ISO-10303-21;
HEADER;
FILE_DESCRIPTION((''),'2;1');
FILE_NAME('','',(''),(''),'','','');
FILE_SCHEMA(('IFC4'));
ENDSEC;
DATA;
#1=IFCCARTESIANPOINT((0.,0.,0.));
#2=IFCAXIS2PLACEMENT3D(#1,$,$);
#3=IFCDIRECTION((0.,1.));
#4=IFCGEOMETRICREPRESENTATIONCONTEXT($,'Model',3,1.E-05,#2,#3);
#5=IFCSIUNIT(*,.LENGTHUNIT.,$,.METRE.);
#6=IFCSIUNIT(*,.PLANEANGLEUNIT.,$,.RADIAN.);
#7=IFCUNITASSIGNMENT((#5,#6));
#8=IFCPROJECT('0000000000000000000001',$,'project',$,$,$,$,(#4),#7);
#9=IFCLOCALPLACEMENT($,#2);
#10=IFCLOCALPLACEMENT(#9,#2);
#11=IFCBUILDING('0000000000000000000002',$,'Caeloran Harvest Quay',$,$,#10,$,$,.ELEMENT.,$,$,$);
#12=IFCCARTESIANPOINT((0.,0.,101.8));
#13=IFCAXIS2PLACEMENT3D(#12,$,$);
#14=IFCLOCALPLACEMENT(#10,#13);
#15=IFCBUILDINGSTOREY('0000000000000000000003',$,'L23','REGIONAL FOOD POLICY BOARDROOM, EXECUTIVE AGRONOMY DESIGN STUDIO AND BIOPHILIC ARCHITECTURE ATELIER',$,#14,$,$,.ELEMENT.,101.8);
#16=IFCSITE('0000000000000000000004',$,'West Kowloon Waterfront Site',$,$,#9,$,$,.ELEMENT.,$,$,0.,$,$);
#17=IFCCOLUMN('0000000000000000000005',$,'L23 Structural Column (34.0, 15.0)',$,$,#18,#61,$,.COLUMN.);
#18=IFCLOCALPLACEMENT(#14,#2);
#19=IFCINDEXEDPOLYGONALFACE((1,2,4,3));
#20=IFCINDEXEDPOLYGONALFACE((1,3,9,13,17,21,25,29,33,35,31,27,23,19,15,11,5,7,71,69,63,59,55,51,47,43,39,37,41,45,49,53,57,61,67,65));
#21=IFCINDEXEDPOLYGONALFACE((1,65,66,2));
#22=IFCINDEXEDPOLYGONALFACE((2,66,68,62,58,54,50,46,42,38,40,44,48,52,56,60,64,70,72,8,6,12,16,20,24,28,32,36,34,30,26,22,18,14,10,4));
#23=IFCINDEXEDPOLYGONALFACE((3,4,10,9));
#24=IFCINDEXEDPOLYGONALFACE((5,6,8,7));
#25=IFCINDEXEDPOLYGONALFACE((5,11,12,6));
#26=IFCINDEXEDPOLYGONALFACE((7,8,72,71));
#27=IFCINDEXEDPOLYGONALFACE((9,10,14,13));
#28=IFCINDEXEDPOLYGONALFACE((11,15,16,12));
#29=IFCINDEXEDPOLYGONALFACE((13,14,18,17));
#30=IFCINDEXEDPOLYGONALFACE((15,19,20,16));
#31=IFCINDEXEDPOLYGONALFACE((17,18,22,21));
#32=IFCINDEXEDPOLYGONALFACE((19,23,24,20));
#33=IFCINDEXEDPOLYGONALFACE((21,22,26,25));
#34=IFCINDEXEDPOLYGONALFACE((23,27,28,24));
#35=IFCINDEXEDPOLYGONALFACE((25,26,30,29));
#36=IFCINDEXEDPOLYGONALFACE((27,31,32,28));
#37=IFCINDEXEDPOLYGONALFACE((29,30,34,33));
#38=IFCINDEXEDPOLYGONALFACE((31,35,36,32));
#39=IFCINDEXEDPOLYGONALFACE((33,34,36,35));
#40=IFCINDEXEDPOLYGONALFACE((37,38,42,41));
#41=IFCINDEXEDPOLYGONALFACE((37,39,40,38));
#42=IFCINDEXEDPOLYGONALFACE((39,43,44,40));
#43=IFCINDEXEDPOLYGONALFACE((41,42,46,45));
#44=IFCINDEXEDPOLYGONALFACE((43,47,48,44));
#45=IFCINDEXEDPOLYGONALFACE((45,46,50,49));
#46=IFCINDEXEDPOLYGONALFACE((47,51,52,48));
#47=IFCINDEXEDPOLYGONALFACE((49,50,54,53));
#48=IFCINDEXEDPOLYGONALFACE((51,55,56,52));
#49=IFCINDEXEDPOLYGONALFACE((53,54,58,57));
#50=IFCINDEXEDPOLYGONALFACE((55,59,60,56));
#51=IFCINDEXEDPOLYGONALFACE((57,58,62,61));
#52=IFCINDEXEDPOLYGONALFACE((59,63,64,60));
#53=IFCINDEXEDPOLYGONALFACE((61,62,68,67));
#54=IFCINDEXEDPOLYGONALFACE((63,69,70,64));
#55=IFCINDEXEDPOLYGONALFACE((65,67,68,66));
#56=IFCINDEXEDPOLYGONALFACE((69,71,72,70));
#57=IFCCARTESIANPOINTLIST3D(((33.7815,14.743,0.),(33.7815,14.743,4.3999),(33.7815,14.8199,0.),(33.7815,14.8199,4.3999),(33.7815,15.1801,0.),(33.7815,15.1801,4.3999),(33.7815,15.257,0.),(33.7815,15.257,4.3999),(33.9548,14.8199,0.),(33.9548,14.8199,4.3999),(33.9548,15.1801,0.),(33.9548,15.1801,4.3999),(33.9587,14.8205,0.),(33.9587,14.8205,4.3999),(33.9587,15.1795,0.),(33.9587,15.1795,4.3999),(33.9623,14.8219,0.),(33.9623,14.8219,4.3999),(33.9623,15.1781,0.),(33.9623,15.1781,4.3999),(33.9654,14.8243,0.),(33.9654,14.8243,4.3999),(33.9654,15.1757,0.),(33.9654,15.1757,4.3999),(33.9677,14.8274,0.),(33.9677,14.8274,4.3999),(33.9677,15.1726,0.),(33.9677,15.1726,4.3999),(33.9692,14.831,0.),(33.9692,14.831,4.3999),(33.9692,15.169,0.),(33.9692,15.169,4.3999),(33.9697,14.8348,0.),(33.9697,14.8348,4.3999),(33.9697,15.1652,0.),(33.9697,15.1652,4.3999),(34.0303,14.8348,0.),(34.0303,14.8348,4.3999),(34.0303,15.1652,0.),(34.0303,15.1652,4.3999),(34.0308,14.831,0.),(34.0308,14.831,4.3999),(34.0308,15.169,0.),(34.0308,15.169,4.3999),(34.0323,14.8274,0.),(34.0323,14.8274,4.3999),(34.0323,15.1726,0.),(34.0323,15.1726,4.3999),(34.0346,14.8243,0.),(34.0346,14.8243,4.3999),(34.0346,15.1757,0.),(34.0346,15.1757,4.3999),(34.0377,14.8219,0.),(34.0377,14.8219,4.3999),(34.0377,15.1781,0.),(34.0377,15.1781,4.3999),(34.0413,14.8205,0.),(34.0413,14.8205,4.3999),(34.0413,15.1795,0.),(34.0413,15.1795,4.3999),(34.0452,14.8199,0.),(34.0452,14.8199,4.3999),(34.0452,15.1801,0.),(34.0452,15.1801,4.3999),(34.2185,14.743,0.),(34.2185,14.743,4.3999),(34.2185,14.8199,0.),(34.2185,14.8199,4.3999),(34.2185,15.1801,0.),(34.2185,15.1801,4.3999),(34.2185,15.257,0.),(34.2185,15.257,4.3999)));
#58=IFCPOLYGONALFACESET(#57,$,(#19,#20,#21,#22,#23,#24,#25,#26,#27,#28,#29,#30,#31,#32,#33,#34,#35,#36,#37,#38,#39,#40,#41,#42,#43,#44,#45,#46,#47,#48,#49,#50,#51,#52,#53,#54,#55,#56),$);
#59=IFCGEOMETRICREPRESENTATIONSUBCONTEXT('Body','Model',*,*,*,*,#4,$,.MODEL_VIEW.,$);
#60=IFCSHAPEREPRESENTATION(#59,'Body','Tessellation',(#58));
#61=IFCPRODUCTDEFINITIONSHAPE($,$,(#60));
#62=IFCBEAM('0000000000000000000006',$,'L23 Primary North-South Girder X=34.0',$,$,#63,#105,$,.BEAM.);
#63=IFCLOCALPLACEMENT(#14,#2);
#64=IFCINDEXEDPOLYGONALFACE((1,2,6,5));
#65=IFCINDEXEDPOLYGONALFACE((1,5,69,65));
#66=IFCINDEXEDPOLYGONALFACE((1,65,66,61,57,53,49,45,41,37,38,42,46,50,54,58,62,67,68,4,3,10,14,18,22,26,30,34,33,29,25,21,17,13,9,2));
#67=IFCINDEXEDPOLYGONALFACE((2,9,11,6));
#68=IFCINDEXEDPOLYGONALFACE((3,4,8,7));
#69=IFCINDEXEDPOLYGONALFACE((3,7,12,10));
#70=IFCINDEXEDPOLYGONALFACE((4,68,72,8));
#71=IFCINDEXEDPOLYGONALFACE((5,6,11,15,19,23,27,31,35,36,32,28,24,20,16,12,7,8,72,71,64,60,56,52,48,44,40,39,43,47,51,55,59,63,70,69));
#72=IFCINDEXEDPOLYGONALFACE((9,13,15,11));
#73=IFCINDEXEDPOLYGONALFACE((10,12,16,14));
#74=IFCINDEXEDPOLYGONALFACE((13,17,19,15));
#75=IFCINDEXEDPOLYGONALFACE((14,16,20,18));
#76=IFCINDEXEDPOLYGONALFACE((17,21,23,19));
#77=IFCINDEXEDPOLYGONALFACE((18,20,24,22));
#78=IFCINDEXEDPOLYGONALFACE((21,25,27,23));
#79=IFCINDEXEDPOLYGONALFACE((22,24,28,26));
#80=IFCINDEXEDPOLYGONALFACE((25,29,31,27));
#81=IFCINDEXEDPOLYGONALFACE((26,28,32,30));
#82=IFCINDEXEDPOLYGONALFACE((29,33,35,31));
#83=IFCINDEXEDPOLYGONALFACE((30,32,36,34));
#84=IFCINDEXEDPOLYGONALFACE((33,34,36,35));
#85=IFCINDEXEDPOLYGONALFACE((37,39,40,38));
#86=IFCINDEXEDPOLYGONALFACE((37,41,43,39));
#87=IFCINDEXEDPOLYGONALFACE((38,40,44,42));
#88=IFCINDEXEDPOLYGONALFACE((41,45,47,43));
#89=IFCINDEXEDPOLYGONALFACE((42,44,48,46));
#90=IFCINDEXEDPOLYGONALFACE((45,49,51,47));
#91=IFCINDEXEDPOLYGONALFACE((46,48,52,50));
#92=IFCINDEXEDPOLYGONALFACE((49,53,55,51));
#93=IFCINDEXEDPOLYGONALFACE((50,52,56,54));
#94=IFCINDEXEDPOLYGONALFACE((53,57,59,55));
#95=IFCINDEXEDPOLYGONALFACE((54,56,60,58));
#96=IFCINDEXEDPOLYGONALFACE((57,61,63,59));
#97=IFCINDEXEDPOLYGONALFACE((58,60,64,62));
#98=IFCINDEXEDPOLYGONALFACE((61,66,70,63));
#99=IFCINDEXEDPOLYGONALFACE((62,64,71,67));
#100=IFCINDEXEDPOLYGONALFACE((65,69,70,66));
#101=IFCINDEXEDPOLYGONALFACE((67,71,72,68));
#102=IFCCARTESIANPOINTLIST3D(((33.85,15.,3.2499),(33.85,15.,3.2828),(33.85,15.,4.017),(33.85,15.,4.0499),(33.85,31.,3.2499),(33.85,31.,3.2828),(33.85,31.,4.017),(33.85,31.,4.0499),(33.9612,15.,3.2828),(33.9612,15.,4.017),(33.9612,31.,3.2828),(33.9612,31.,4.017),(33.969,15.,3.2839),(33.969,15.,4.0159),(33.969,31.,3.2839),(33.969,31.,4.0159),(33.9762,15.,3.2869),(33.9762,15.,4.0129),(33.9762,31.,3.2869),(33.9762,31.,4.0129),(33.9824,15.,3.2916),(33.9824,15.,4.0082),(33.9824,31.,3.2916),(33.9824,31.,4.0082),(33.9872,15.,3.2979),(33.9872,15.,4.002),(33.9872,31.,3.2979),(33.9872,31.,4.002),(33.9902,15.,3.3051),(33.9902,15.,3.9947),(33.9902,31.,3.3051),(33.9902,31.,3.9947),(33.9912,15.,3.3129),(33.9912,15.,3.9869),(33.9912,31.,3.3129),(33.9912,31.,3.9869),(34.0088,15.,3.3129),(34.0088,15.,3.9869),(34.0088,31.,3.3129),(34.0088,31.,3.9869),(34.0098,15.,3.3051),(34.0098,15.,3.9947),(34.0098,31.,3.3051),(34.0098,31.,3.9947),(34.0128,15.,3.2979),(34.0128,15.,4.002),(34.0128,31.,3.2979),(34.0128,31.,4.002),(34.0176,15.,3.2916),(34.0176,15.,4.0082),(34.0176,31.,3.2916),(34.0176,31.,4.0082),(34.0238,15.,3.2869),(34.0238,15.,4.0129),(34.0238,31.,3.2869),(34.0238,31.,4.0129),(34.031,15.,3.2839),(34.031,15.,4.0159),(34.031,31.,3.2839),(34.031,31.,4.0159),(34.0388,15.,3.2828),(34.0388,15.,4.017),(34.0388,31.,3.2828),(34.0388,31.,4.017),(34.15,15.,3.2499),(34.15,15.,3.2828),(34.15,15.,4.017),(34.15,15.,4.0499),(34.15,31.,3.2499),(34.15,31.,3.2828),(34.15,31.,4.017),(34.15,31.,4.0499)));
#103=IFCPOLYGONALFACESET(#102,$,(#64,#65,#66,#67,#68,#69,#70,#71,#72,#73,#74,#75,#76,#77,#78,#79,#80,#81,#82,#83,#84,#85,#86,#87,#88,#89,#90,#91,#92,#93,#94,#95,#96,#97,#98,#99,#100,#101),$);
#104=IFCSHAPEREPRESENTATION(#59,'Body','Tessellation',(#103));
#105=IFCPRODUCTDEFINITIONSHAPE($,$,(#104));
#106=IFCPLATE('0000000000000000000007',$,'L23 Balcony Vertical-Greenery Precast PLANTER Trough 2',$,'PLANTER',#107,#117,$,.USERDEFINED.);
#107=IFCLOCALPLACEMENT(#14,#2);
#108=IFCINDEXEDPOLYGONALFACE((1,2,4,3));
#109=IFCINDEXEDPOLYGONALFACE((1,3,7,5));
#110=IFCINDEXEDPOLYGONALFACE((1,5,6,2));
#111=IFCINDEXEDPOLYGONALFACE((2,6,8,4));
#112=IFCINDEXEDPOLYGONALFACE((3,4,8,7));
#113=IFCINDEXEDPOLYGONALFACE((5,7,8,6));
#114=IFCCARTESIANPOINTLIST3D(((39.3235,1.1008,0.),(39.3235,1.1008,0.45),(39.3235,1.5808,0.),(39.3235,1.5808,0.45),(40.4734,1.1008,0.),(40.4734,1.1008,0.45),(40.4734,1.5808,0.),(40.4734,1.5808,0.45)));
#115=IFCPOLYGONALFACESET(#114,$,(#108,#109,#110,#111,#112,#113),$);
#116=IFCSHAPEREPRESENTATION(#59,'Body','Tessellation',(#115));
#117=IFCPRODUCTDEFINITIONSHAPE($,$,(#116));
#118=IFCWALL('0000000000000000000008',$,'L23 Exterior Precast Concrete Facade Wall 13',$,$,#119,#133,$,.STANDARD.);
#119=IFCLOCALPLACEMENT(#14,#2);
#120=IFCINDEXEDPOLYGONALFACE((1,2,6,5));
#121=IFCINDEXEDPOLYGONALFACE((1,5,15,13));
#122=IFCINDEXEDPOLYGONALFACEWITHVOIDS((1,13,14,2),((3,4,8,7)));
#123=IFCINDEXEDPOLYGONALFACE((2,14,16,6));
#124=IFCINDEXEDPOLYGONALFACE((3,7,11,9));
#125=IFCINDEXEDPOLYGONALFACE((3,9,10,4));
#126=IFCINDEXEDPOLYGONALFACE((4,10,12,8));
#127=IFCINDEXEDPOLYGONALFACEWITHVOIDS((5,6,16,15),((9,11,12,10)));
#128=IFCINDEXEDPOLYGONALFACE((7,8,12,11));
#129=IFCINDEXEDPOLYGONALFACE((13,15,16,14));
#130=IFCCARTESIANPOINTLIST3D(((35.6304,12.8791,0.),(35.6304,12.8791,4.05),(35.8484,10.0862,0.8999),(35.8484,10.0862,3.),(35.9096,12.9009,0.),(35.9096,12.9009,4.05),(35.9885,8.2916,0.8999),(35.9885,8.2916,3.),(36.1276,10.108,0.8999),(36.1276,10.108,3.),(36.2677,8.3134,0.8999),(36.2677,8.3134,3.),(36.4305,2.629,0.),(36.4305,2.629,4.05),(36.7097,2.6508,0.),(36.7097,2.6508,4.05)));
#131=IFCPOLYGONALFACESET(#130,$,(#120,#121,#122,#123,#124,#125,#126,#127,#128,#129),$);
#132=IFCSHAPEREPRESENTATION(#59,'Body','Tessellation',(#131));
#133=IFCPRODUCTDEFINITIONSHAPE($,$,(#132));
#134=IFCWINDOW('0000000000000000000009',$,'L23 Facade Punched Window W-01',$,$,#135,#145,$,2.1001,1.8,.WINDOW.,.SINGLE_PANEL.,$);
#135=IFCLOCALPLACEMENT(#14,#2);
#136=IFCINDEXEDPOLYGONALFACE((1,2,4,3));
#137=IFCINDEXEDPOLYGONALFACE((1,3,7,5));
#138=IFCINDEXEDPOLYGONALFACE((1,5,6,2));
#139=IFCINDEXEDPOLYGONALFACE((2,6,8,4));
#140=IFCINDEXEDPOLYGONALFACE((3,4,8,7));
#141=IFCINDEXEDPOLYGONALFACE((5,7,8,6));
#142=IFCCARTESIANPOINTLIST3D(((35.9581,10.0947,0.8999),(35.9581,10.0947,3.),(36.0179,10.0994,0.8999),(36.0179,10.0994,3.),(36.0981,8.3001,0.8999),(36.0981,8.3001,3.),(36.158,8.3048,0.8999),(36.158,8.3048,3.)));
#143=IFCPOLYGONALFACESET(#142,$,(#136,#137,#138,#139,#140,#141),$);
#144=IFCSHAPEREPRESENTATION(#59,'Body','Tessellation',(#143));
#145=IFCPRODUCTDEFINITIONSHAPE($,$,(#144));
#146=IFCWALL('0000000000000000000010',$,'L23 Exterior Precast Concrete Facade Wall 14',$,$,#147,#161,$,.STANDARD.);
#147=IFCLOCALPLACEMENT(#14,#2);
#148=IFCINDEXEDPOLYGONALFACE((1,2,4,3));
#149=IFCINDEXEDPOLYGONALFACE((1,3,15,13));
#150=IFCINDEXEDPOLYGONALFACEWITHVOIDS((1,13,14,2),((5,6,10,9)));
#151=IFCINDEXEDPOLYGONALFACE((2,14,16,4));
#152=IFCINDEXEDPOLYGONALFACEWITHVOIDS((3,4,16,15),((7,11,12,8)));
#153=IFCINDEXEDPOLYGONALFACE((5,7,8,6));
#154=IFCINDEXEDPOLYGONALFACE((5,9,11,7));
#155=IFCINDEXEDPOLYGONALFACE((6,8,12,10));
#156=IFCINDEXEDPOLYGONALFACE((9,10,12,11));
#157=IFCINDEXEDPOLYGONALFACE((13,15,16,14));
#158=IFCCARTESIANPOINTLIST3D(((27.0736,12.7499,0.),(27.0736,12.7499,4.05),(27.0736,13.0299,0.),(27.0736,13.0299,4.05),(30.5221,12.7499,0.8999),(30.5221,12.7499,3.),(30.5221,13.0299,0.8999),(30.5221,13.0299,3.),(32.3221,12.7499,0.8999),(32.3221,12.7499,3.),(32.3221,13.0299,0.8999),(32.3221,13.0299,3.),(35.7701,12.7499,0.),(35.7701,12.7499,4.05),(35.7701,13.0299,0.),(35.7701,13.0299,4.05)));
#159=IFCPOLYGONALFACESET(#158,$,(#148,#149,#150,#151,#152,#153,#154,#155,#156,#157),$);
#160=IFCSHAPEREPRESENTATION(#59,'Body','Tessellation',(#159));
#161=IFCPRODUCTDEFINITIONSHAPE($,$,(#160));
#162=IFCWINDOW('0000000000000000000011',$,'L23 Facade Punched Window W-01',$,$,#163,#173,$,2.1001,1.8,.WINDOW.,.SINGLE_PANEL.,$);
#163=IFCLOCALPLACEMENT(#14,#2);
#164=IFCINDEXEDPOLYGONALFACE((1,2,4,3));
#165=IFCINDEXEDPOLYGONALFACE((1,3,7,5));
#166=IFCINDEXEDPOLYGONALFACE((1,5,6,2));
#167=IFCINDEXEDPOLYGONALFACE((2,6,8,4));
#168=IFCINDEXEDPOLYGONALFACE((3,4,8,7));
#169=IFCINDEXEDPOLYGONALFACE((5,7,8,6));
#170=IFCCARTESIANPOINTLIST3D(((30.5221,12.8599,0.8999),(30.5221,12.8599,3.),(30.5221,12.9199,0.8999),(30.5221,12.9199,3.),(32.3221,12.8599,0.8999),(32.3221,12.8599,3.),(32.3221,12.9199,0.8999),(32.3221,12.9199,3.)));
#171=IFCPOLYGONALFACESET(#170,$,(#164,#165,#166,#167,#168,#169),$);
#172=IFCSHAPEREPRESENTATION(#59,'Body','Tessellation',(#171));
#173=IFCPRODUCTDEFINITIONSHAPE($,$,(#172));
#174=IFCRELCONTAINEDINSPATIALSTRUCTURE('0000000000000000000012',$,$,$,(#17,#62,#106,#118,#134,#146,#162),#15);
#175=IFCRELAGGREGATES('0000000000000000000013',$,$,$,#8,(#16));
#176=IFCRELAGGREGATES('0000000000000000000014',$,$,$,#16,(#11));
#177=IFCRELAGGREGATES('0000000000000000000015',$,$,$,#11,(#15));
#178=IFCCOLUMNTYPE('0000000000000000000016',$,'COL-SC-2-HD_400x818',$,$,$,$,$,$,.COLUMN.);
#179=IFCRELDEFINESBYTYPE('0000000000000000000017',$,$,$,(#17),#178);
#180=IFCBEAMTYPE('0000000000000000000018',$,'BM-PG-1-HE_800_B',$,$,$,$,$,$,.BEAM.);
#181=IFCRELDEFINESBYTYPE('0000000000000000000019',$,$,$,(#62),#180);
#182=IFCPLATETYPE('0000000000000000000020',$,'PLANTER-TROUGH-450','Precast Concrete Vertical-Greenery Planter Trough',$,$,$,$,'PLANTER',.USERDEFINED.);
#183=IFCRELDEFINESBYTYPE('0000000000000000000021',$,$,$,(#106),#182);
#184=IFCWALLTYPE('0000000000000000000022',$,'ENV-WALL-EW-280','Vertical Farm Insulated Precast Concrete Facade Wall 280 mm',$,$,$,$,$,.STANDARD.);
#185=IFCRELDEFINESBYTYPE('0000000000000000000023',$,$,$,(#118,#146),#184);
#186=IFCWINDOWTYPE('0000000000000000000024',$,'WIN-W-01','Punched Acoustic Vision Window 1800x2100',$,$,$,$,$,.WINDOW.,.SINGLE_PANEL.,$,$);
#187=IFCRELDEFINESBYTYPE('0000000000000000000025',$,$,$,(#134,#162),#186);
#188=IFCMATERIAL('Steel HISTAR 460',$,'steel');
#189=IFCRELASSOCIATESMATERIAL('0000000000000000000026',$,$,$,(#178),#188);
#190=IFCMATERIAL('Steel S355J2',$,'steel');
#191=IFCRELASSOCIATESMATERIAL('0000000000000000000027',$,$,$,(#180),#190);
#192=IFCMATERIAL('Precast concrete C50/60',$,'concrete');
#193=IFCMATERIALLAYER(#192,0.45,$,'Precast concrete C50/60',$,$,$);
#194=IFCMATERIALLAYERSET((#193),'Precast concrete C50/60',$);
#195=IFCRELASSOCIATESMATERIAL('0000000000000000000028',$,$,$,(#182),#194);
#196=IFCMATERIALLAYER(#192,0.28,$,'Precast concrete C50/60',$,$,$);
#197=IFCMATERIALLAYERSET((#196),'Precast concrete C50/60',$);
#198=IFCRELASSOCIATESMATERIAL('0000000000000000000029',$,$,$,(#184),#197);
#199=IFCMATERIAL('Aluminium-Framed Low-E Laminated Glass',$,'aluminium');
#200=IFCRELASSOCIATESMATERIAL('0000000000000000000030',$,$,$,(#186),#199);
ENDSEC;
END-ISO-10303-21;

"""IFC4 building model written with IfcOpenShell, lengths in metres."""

from ifc_helpers import new_model, si_unit, direction, frame, frame_2d, origin, origin_2d, place, context, subcontext, project, spatial, rectangle, i_section, extrude, material, layer, layer_set, material_profile, profile_set, type_object, element, fill, save


model = new_model("IFC4")

# Units and contexts
model_context = context("Model", 3, precision=1e-05, world=origin(), true_north=direction((0.0, 1.0)))
body_context = subcontext(model_context, "Body", "Model", "MODEL_VIEW")
ifc_project = project(units=[si_unit("LENGTHUNIT", "METRE"), si_unit("PLANEANGLEUNIT", "RADIAN")], contexts=[model_context])

# Site, building, storey
site_placement = place(None, origin())
site = spatial("IfcSite", under=ifc_project, at=site_placement, Name="West Kowloon Waterfront Site", CompositionType="ELEMENT", RefElevation=0.0)
building_placement = place(site_placement, origin())
building = spatial("IfcBuilding", under=site, at=building_placement, Name="Caeloran Harvest Quay", CompositionType="ELEMENT")
storey_placement = place(building_placement, frame((0.0, 0.0, 101.8)))
storey = spatial("IfcBuildingStorey", under=building, at=storey_placement, Name="L23", Description="REGIONAL FOOD POLICY BOARDROOM, EXECUTIVE AGRONOMY DESIGN STUDIO AND BIOPHILIC ARCHITECTURE ATELIER", CompositionType="ELEMENT", Elevation=101.8)

# Column
ifc_material_1 = material(Name="Steel HISTAR 460", Category="steel")
ifc_material_profile_1 = material_profile(ifc_material_1, i_section(OverallWidth=0.437, OverallDepth=0.5139, WebThickness=0.0605, FlangeThickness=0.0769, FilletRadius=0.0149, at=origin_2d()), Name="HD 400x818")
ifc_profile_set_1 = profile_set([ifc_material_profile_1], Name="Steel HISTAR 460")
column_type = type_object("IfcColumnType", Name="COL-SC-2-HD_400x818", PredefinedType="COLUMN", material=ifc_profile_set_1)
column_placement = place(storey_placement, frame((34.0, 15.0, 0.0), z_axis=(0.0, 0.0, 1.0), x_axis=(1.0, 0.0, 0.0)))
element("IfcColumn", 1, at=column_placement, inside=storey, type_object=column_type, Name="L23 Structural Column (34.0, 15.0)", PredefinedType="COLUMN", context=body_context, shape_type="SweptSolid", body=[
    extrude(i_section(OverallWidth=0.437, OverallDepth=0.5139, WebThickness=0.0605, FlangeThickness=0.0769, FilletRadius=0.0149, at=origin_2d()), origin(), (0.0, 0.0, 1.0), 4.3999),
])

# Beam
ifc_material_2 = material(Name="Steel S355J2", Category="steel")
ifc_material_profile_2 = material_profile(ifc_material_2, i_section(OverallWidth=0.3, OverallDepth=0.8, WebThickness=0.0176, FlangeThickness=0.033, FilletRadius=0.03, at=origin_2d()), Name="HE 800 B")
ifc_profile_set_2 = profile_set([ifc_material_profile_2], Name="Steel S355J2")
beam_type = type_object("IfcBeamType", Name="BM-PG-1-HE_800_B", PredefinedType="BEAM", material=ifc_profile_set_2)
beam_placement = place(storey_placement, frame((34.0, 15.0, 3.6499), z_axis=(0.0, 1.0, 0.0), x_axis=(-1.0, 0.0, 0.0)))
element("IfcBeam", 2, at=beam_placement, inside=storey, type_object=beam_type, Name="L23 Primary North-South Girder X=34.0", PredefinedType="BEAM", context=body_context, shape_type="SweptSolid", body=[
    extrude(i_section(OverallWidth=0.3, OverallDepth=0.8, WebThickness=0.0176, FlangeThickness=0.033, FilletRadius=0.03, at=origin_2d()), origin(), (0.0, 0.0, 1.0), 16.0),
])

# Plate
ifc_material_3 = material(Name="Precast concrete C50/60", Category="concrete")
ifc_layer_1 = layer(ifc_material_3, 0.45, Name="Precast concrete C50/60")
ifc_layer_set_1 = layer_set([ifc_layer_1], Name="Precast concrete C50/60")
plate_type = type_object("IfcPlateType", Name="PLANTER-TROUGH-450", Description="Precast Concrete Vertical-Greenery Planter Trough", ElementType="PLANTER", PredefinedType="USERDEFINED", material=ifc_layer_set_1)
plate_placement = place(storey_placement, frame((39.8984, 1.3408, 0.0), z_axis=(0.0, 0.0, 1.0), x_axis=(1.0, 0.0, 0.0)))
element("IfcPlate", 3, at=plate_placement, inside=storey, type_object=plate_type, Name="L23 Balcony Vertical-Greenery Precast PLANTER Trough 2", ObjectType="PLANTER", PredefinedType="USERDEFINED", context=body_context, shape_type="SweptSolid", body=[
    extrude(rectangle(XDim=1.1499, YDim=0.48, at=origin_2d()), origin(), (0.0, 0.0, 1.0), 0.45),
])

# Walls, openings, windows
ifc_layer_2 = layer(ifc_material_3, 0.28, Name="Precast concrete C50/60")
ifc_layer_set_2 = layer_set([ifc_layer_2], Name="Precast concrete C50/60")
wall_type_1 = type_object("IfcWallType", Name="ENV-WALL-EW-280", Description="Vertical Farm Insulated Precast Concrete Facade Wall 280 mm", PredefinedType="STANDARD", material=ifc_layer_set_2)
wall_1_placement = place(storey_placement, frame((36.5701, 2.6399, 0.0), z_axis=(0.0, 0.0, 1.0), x_axis=(-0.077817, 0.996968, 0.0)))
wall_1 = element("IfcWall", 4, at=wall_1_placement, inside=storey, type_object=wall_type_1, Name="L23 Exterior Precast Concrete Facade Wall 13", PredefinedType="STANDARD", context=body_context, shape_type="SweptSolid", body=[
    extrude(rectangle(XDim=10.2812, YDim=0.28, at=frame_2d((5.1406, 0.0))), origin(), (0.0, 0.0, 1.0), 4.05),
])
opening_1_placement = place(wall_1_placement, frame((5.6799, 0.0, 0.8999)))
opening_1 = element("IfcOpeningElement", 5, at=opening_1_placement, cuts=wall_1, PredefinedType="OPENING", context=body_context, shape_type="SweptSolid", body=[
    extrude(rectangle(XDim=1.8, YDim=2.1001, at=frame_2d((0.8999, 1.05))), frame((0.0, 0.1499, 0.0), z_axis=(0.0, -1.0, 0.0), x_axis=(1.0, 0.0, 0.0)), (0.0, 0.0, 1.0), 0.3),
])
ifc_material_4 = material(Name="Aluminium-Framed Low-E Laminated Glass", Category="aluminium")
window_type = type_object("IfcWindowType", Name="WIN-W-01", Description="Punched Acoustic Vision Window 1800x2100", PartitioningType="SINGLE_PANEL", PredefinedType="WINDOW", material=ifc_material_4)
window_1_placement = place(opening_1_placement, origin())
window_1 = element("IfcWindow", 6, at=window_1_placement, inside=storey, type_object=window_type, Name="L23 Facade Punched Window W-01", OverallHeight=2.1001, OverallWidth=1.8, PartitioningType="SINGLE_PANEL", PredefinedType="WINDOW", context=body_context, shape_type="SweptSolid", body=[
    extrude(rectangle(XDim=1.8, YDim=2.1001, at=frame_2d((0.8999, 1.05))), frame((0.0, 0.03, 0.0), z_axis=(0.0, -1.0, 0.0), x_axis=(1.0, 0.0, 0.0)), (0.0, 0.0, 1.0), 0.0601),
])
fill(opening_1, window_1)
wall_2_placement = place(storey_placement, frame((35.77, 12.8899, 0.0), z_axis=(0.0, 0.0, 1.0), x_axis=(-1.0, 0.0, 0.0)))
wall_2 = element("IfcWall", 7, at=wall_2_placement, inside=storey, type_object=wall_type_1, Name="L23 Exterior Precast Concrete Facade Wall 14", PredefinedType="STANDARD", context=body_context, shape_type="SweptSolid", body=[
    extrude(rectangle(XDim=8.6965, YDim=0.28, at=frame_2d((4.3481, 0.0))), origin(), (0.0, 0.0, 1.0), 4.05),
])
opening_2_placement = place(wall_2_placement, frame((3.448, 0.0, 0.8999)))
opening_2 = element("IfcOpeningElement", 8, at=opening_2_placement, cuts=wall_2, PredefinedType="OPENING", context=body_context, shape_type="SweptSolid", body=[
    extrude(rectangle(XDim=1.8, YDim=2.1001, at=frame_2d((0.8999, 1.05))), frame((0.0, 0.1499, 0.0), z_axis=(0.0, -1.0, 0.0), x_axis=(1.0, 0.0, 0.0)), (0.0, 0.0, 1.0), 0.3),
])
window_2_placement = place(opening_2_placement, origin())
window_2 = element("IfcWindow", 9, at=window_2_placement, inside=storey, type_object=window_type, Name="L23 Facade Punched Window W-01", OverallHeight=2.1001, OverallWidth=1.8, PartitioningType="SINGLE_PANEL", PredefinedType="WINDOW", context=body_context, shape_type="SweptSolid", body=[
    extrude(rectangle(XDim=1.8, YDim=2.1001, at=frame_2d((0.8999, 1.05))), frame((0.0, 0.03, 0.0), z_axis=(0.0, -1.0, 0.0), x_axis=(1.0, 0.0, 0.0)), (0.0, 0.0, 1.0), 0.0601),
])
fill(opening_2, window_2)

save(model, "model.ifc")
